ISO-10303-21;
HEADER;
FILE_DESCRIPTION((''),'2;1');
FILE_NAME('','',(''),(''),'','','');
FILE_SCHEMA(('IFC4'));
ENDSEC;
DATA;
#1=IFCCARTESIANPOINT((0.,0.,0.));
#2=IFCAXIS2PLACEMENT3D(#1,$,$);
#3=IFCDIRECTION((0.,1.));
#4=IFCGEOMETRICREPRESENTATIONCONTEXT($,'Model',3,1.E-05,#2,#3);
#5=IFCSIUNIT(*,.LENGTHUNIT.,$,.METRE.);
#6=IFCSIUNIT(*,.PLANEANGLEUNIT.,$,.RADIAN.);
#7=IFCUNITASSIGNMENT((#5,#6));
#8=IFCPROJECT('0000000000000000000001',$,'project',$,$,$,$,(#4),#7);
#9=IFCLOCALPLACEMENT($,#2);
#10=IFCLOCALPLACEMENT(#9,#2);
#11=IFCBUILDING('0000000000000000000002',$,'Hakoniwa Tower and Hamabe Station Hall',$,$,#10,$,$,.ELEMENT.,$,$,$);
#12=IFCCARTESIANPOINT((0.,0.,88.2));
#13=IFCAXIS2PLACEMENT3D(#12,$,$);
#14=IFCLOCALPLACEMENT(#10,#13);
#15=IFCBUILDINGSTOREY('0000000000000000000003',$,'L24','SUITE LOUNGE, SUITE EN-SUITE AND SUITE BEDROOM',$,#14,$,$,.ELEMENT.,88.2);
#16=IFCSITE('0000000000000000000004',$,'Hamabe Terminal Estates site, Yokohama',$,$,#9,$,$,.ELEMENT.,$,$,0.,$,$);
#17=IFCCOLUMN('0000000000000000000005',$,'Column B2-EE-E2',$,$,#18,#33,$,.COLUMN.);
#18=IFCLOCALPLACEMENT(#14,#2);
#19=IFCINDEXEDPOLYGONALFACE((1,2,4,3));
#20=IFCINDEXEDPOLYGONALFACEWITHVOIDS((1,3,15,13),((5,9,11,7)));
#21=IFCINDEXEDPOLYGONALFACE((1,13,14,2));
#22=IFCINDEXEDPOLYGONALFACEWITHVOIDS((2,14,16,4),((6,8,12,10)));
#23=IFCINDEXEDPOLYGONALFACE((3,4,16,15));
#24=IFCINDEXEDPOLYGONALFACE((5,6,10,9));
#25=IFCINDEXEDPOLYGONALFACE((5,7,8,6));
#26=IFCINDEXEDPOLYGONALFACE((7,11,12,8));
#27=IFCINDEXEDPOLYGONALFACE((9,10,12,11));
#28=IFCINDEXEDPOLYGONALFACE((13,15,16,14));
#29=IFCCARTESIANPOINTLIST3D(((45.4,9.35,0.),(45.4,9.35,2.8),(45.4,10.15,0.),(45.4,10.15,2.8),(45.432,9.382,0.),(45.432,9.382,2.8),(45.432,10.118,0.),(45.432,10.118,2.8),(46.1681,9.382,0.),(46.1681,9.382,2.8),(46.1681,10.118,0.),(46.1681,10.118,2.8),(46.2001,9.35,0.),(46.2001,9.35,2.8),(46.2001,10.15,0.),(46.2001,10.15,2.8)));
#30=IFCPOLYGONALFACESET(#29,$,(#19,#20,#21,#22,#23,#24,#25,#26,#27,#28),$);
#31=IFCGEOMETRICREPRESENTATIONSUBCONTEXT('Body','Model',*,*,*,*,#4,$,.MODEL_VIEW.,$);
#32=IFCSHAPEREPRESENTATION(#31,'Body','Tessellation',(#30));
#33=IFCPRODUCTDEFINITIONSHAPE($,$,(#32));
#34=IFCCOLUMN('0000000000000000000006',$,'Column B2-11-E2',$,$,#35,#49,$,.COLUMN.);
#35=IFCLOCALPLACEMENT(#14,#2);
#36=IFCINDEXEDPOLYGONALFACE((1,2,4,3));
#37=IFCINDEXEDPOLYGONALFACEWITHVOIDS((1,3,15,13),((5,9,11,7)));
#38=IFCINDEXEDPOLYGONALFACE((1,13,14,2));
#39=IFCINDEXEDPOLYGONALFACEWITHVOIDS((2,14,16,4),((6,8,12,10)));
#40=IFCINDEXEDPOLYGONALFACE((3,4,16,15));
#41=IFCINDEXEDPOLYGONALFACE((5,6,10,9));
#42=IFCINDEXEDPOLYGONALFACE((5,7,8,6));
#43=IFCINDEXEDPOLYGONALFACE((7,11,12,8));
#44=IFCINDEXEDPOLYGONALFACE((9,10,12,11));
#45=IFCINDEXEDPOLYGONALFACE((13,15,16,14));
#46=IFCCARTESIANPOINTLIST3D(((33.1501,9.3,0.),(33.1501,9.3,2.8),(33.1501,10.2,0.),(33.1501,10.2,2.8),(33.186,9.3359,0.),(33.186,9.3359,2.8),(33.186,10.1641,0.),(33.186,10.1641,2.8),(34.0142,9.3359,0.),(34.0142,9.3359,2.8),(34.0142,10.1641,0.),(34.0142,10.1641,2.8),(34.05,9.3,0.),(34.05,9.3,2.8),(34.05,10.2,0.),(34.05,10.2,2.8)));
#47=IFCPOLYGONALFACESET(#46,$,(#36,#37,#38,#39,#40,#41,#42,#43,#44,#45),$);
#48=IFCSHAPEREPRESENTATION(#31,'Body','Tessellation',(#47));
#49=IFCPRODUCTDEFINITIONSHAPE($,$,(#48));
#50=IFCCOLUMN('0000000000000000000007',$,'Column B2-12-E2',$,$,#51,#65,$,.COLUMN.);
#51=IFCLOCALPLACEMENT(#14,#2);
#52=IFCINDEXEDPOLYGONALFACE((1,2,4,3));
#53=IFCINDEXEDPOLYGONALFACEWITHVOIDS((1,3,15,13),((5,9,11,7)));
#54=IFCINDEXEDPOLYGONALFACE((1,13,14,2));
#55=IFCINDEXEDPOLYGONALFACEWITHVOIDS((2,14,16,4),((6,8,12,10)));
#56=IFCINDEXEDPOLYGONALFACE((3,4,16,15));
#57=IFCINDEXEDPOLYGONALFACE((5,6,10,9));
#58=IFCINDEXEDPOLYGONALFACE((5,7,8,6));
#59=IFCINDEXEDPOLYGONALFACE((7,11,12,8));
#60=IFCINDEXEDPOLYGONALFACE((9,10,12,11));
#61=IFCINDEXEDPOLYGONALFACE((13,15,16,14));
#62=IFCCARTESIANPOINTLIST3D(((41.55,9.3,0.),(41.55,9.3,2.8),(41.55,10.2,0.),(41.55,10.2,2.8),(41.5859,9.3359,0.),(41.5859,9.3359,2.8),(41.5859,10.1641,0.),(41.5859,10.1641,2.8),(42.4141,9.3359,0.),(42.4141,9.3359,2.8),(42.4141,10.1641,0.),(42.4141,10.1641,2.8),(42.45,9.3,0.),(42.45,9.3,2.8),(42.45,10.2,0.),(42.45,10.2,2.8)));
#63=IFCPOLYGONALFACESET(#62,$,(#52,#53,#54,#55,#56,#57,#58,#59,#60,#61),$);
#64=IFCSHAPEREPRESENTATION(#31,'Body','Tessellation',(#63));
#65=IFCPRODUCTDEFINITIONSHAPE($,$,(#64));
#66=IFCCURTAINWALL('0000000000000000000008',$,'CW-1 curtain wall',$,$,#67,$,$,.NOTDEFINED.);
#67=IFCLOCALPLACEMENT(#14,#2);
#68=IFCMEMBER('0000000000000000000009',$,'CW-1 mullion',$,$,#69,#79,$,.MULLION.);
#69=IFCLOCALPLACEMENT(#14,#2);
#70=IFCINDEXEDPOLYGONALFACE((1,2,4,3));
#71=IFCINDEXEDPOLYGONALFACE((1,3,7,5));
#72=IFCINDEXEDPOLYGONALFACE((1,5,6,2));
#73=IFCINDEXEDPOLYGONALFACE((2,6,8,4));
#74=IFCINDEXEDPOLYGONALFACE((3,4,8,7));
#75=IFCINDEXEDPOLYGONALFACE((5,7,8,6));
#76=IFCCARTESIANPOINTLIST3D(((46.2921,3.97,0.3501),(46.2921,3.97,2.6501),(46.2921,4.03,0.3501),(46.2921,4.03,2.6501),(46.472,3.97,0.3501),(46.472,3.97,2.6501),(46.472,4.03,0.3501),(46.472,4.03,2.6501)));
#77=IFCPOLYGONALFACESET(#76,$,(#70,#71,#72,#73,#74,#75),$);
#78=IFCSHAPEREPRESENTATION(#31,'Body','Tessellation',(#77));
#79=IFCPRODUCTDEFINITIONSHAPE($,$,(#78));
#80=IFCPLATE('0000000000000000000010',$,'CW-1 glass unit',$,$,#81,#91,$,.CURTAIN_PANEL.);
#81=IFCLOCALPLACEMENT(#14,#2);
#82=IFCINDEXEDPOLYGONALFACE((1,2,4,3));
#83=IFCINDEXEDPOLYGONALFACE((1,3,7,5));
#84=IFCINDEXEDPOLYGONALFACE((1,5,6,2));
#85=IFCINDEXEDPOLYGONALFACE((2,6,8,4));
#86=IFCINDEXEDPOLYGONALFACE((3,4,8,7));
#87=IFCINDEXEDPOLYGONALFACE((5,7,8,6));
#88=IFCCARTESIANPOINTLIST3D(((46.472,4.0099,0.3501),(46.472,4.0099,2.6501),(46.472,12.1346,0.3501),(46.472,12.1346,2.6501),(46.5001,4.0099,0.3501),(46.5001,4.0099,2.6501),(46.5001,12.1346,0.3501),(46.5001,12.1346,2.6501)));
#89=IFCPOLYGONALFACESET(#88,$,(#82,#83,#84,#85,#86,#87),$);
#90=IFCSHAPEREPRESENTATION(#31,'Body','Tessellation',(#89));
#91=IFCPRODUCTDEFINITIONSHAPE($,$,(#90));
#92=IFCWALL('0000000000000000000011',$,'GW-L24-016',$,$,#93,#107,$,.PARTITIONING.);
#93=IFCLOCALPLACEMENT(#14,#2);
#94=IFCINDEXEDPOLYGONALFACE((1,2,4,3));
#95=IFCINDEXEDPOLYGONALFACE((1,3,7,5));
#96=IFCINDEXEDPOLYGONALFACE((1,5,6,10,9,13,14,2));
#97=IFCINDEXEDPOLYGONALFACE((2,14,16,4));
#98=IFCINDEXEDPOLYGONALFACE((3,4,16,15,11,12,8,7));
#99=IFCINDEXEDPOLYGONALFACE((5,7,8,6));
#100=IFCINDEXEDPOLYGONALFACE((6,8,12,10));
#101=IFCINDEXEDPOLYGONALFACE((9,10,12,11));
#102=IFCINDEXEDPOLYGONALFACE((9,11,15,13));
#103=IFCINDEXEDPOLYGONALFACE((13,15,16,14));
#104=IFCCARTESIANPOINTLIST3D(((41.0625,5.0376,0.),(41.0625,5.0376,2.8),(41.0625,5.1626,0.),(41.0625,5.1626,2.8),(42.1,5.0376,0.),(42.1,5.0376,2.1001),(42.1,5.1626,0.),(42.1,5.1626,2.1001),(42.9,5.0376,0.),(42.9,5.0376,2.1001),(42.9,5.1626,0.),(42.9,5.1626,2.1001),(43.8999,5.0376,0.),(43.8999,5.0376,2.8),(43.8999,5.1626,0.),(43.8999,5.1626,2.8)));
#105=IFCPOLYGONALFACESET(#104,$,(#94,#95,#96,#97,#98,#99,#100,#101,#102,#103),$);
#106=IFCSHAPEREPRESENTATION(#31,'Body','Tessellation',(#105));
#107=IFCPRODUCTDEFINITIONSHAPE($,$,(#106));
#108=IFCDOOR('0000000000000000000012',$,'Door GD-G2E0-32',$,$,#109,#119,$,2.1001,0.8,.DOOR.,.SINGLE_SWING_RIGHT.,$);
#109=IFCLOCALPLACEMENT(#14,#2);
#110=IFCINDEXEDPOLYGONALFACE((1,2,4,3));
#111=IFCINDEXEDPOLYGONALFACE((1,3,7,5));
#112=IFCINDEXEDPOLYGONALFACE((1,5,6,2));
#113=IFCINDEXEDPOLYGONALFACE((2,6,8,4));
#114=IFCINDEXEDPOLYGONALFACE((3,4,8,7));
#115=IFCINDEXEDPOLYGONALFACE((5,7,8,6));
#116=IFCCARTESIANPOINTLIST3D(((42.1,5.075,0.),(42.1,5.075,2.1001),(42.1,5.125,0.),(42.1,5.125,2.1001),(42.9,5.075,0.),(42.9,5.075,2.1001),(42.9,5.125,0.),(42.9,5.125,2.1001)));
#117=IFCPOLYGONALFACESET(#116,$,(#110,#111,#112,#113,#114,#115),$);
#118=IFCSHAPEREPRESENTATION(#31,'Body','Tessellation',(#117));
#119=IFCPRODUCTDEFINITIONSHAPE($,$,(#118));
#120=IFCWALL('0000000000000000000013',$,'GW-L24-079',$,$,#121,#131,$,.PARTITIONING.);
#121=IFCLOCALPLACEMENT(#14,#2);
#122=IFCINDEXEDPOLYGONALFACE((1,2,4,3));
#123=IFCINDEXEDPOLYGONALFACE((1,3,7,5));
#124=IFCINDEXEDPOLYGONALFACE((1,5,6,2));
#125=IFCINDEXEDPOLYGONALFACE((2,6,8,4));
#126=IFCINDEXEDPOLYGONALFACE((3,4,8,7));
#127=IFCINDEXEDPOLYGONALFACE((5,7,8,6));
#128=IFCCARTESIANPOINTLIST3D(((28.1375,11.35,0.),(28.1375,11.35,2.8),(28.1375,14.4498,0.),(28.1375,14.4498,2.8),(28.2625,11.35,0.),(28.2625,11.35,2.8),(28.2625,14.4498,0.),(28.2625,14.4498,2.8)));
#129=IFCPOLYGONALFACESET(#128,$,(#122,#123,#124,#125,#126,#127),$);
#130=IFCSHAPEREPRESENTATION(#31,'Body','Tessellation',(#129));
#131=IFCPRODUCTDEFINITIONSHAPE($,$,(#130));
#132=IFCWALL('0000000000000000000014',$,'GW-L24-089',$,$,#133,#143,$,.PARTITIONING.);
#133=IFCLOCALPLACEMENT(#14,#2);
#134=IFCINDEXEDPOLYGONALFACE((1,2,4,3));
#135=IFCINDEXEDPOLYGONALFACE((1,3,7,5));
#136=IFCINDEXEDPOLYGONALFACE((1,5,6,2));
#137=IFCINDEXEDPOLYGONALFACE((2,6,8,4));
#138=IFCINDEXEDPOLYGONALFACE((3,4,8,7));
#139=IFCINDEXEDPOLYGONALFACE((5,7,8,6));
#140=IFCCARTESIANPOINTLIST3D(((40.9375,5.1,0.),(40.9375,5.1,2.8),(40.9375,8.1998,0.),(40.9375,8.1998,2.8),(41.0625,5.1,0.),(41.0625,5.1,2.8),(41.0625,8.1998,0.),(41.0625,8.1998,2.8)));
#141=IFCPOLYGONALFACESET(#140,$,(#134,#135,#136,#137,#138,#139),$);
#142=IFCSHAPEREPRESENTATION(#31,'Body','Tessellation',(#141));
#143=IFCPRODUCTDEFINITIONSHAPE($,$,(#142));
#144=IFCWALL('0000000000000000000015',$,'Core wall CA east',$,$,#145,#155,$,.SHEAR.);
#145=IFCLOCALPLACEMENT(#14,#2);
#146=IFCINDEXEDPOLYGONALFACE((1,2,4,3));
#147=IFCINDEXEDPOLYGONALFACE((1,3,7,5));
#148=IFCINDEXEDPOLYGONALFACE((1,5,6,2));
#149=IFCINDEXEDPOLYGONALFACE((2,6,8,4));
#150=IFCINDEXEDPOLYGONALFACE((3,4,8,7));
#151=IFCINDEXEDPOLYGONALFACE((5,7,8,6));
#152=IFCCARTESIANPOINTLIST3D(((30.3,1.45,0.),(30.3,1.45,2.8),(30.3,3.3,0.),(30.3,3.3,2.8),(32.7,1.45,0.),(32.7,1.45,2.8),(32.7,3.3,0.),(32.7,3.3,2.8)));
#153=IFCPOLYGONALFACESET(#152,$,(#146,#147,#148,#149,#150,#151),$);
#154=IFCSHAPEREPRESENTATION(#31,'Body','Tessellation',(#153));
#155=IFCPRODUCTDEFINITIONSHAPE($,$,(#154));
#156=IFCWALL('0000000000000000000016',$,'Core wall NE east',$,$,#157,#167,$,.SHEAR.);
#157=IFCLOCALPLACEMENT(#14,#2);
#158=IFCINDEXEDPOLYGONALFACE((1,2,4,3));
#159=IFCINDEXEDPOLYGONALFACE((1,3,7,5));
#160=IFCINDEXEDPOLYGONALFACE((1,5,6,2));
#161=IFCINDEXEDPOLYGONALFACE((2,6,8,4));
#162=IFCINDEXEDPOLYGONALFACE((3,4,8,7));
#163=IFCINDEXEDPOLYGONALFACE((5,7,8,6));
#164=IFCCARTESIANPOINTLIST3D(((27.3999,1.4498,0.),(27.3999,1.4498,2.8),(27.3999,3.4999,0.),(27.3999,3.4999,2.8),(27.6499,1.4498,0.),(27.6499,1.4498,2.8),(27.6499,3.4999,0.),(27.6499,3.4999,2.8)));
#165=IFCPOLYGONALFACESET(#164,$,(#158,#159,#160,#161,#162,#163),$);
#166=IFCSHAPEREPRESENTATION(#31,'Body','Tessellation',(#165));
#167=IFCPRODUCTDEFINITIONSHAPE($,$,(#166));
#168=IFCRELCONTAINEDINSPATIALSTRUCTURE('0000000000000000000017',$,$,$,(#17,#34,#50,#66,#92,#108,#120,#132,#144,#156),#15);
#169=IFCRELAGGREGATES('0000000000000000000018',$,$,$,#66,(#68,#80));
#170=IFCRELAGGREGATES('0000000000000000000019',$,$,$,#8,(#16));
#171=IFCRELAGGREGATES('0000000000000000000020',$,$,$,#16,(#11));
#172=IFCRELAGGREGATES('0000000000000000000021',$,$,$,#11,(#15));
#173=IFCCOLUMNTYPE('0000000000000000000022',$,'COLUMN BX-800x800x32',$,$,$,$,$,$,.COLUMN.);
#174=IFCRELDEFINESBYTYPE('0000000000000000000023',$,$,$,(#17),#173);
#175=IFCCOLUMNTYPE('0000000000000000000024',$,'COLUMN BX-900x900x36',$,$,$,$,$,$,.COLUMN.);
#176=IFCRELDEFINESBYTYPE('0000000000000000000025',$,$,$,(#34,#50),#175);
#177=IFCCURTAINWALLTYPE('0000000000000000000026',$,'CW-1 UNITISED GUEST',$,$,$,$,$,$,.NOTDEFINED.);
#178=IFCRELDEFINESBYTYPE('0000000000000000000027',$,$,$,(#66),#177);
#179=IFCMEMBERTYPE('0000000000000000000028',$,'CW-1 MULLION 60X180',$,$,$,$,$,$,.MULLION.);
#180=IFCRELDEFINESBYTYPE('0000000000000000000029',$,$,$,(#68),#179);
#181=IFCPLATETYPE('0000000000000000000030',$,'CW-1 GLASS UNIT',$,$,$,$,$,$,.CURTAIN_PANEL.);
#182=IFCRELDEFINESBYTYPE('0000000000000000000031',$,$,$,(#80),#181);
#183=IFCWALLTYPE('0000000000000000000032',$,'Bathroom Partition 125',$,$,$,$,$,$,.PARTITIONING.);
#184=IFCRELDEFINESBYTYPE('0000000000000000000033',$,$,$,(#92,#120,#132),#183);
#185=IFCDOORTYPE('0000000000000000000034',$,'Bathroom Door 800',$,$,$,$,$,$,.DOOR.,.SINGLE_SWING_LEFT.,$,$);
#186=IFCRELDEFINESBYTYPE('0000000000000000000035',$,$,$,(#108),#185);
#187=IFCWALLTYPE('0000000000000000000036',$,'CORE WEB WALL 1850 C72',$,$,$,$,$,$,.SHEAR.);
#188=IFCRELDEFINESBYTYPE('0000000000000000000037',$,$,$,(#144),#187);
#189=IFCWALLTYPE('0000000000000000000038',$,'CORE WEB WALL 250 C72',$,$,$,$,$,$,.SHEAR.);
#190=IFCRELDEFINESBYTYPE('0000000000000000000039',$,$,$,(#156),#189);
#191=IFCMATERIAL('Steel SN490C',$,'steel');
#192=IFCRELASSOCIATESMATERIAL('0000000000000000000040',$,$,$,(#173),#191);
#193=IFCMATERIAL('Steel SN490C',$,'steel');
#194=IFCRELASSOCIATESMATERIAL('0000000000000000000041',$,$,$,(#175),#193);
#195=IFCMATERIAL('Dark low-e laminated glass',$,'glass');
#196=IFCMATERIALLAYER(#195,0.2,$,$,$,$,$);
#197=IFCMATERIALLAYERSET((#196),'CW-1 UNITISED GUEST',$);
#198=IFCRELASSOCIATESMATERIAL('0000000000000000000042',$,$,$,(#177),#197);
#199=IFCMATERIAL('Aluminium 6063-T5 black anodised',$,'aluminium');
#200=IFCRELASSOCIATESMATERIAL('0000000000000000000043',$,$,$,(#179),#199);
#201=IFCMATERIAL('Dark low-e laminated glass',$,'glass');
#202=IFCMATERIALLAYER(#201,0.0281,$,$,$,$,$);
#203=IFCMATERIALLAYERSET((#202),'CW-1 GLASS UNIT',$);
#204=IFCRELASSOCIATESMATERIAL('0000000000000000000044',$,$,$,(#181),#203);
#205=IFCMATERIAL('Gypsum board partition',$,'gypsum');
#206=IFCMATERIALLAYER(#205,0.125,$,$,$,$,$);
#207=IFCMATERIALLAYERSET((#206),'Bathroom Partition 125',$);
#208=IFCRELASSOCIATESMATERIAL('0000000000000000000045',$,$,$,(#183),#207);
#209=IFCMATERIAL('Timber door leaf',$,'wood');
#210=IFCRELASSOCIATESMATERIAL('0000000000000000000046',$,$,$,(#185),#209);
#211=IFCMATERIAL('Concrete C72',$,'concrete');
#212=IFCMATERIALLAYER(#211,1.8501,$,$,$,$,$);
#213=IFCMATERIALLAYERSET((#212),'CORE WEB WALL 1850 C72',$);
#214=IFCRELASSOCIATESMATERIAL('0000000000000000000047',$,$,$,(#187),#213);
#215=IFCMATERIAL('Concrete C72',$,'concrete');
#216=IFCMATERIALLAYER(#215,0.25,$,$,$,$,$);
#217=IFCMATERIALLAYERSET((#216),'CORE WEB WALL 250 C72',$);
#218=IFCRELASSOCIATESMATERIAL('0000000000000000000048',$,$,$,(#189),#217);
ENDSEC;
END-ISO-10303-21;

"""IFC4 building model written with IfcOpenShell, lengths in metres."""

from ifc_helpers import new_model, si_unit, direction, frame, frame_2d, origin, origin_2d, place, context, subcontext, project, spatial, rectangle, hollow_rectangle, extrude, material, layer, layer_set, material_profile, profile_set, type_object, element, fill, aggregate, save


model = new_model("IFC4")

# Units and contexts
model_context = context("Model", 3, precision=1e-05, world=origin(), true_north=direction((0.0, 1.0)))
body_context = subcontext(model_context, "Body", "Model", "MODEL_VIEW")
ifc_project = project(units=[si_unit("LENGTHUNIT", "METRE"), si_unit("PLANEANGLEUNIT", "RADIAN")], contexts=[model_context])

# Site, building, storey
site_placement = place(None, origin())
site = spatial("IfcSite", under=ifc_project, at=site_placement, Name="Hamabe Terminal Estates site, Yokohama", CompositionType="ELEMENT", RefElevation=0.0)
building_placement = place(site_placement, origin())
building = spatial("IfcBuilding", under=site, at=building_placement, Name="Hakoniwa Tower and Hamabe Station Hall", CompositionType="ELEMENT")
storey_placement = place(building_placement, frame((0.0, 0.0, 88.2)))
storey = spatial("IfcBuildingStorey", under=building, at=storey_placement, Name="L24", Description="SUITE LOUNGE, SUITE EN-SUITE AND SUITE BEDROOM", CompositionType="ELEMENT", Elevation=88.2)

# Columns
ifc_material_1 = material(Name="Steel SN490C", Category="steel")
ifc_material_profile_1 = material_profile(ifc_material_1, hollow_rectangle(XDim=0.8, YDim=0.8, WallThickness=0.032, at=origin_2d()), Name="BX-800x800x32")
ifc_profile_set_1 = profile_set([ifc_material_profile_1], Name="Steel SN490C")
column_type_1 = type_object("IfcColumnType", Name="COLUMN BX-800x800x32", PredefinedType="COLUMN", material=ifc_profile_set_1)
column_placement = place(storey_placement, frame((45.8, 9.75, 0.0), z_axis=(0.0, 0.0, 1.0), x_axis=(1.0, 0.0, 0.0)))
element("IfcColumn", 1, at=column_placement, inside=storey, type_object=column_type_1, Name="Column B2-EE-E2", PredefinedType="COLUMN", context=body_context, shape_type="SweptSolid", body=[
    extrude(hollow_rectangle(XDim=0.8, YDim=0.8, WallThickness=0.032, at=origin_2d()), origin(), (0.0, 0.0, 1.0), 2.8),
])
ifc_material_2 = material(Name="Steel SN490C", Category="steel")
ifc_material_profile_2 = material_profile(ifc_material_2, hollow_rectangle(XDim=0.8999, YDim=0.8999, WallThickness=0.0359, at=origin_2d()), Name="BX-900x900x36")
ifc_profile_set_2 = profile_set([ifc_material_profile_2], Name="Steel SN490C")
column_type_2 = type_object("IfcColumnType", Name="COLUMN BX-900x900x36", PredefinedType="COLUMN", material=ifc_profile_set_2)
for number, where, z_axis, x_axis, name in (
    (2, (33.6001, 9.75, 0.0), (0.0, 0.0, 1.0), (1.0, 0.0, 0.0), "Column B2-11-E2"),
    (3, (42.0, 9.75, 0.0), (0.0, 0.0, 1.0), (1.0, 0.0, 0.0), "Column B2-12-E2"),
):
    element("IfcColumn", number, at=place(storey_placement, frame(where, z_axis=z_axis, x_axis=x_axis)), inside=storey, type_object=column_type_2, Name=name, PredefinedType="COLUMN", context=body_context, shape_type="SweptSolid", body=[
        extrude(hollow_rectangle(XDim=0.8999, YDim=0.8999, WallThickness=0.0359, at=origin_2d()), origin(), (0.0, 0.0, 1.0), 2.8),
    ])

# Curtain wall, member, plate
ifc_material_3 = material(Name="Dark low-e laminated glass", Category="glass")
ifc_layer_1 = layer(ifc_material_3, 0.2)
ifc_layer_set_1 = layer_set([ifc_layer_1], Name="CW-1 UNITISED GUEST")
curtain_wall_type = type_object("IfcCurtainWallType", Name="CW-1 UNITISED GUEST", PredefinedType="NOTDEFINED", material=ifc_layer_set_1)
curtain_wall_placement = place(storey_placement, origin())
curtain_wall = element("IfcCurtainWall", 4, at=curtain_wall_placement, inside=storey, type_object=curtain_wall_type, Name="CW-1 curtain wall", PredefinedType="NOTDEFINED")
ifc_material_4 = material(Name="Aluminium 6063-T5 black anodised", Category="aluminium")
ifc_material_profile_3 = material_profile(ifc_material_4, rectangle(XDim=0.0601, YDim=0.1799, at=origin_2d()), Name="CW-1 MULLION 60X180")
ifc_profile_set_3 = profile_set([ifc_material_profile_3], Name="Aluminium 6063-T5 black anodised")
member_type = type_object("IfcMemberType", Name="CW-1 MULLION 60X180", PredefinedType="MULLION", material=ifc_profile_set_3)
member_placement = place(storey_placement, frame((46.3821, 4.0, 0.3501), z_axis=(0.0, 0.0, 1.0), x_axis=(0.0, 1.0, 0.0)))
member = element("IfcMember", 5, at=member_placement, type_object=member_type, Name="CW-1 mullion", PredefinedType="MULLION", context=body_context, shape_type="SweptSolid", body=[
    extrude(rectangle(XDim=0.0601, YDim=0.1799, at=origin_2d()), origin(), (0.0, 0.0, 1.0), 2.3),
])
ifc_material_5 = material(Name="Dark low-e laminated glass", Category="glass")
ifc_layer_2 = layer(ifc_material_5, 0.0281)
ifc_layer_set_2 = layer_set([ifc_layer_2], Name="CW-1 GLASS UNIT")
plate_type = type_object("IfcPlateType", Name="CW-1 GLASS UNIT", PredefinedType="CURTAIN_PANEL", material=ifc_layer_set_2)
plate_placement = place(storey_placement, frame((46.4861, 8.0723, 0.3501), z_axis=(0.0, 0.0, 1.0), x_axis=(0.0, 1.0, 0.0)))
plate = element("IfcPlate", 6, at=plate_placement, type_object=plate_type, Name="CW-1 glass unit", PredefinedType="CURTAIN_PANEL", context=body_context, shape_type="SweptSolid", body=[
    extrude(rectangle(XDim=8.1248, YDim=0.0281, at=origin_2d()), origin(), (0.0, 0.0, 1.0), 2.3),
])
aggregate(curtain_wall, [member, plate])

# Wall, opening, door
ifc_material_6 = material(Name="Gypsum board partition", Category="gypsum")
ifc_layer_3 = layer(ifc_material_6, 0.125)
ifc_layer_set_3 = layer_set([ifc_layer_3], Name="Bathroom Partition 125")
wall_type_1 = type_object("IfcWallType", Name="Bathroom Partition 125", PredefinedType="PARTITIONING", material=ifc_layer_set_3)
wall_1_placement = place(storey_placement, frame((41.0625, 5.1001, 0.0), z_axis=(0.0, 0.0, 1.0), x_axis=(1.0, 0.0, 0.0)))
wall_1 = element("IfcWall", 7, at=wall_1_placement, inside=storey, type_object=wall_type_1, Name="GW-L24-016", PredefinedType="PARTITIONING", context=body_context, shape_type="SweptSolid", body=[
    extrude(rectangle(XDim=2.8374, YDim=0.125, at=frame_2d((1.4187, 0.0))), origin(), (0.0, 0.0, 1.0), 2.8),
])
opening_1_placement = place(wall_1_placement, frame((1.0376, 0.0, 0.0)))
opening_1 = element("IfcOpeningElement", 8, at=opening_1_placement, cuts=wall_1, PredefinedType="OPENING", context=body_context, shape_type="SweptSolid", body=[
    extrude(rectangle(XDim=0.8, YDim=2.1001, at=frame_2d((0.3999, 1.05))), frame((0.0, 0.0725, 0.0), z_axis=(0.0, -1.0, 0.0), x_axis=(1.0, 0.0, 0.0)), (0.0, 0.0, 1.0), 0.145),
])
ifc_material_7 = material(Name="Timber door leaf", Category="wood")
door_type_1 = type_object("IfcDoorType", Name="Bathroom Door 800", OperationType="SINGLE_SWING_LEFT", PredefinedType="DOOR", material=ifc_material_7)
door_1_placement = place(opening_1_placement, origin())
door_1 = element("IfcDoor", 9, at=door_1_placement, inside=storey, type_object=door_type_1, Name="Door GD-G2E0-32", OperationType="SINGLE_SWING_RIGHT", OverallHeight=2.1001, OverallWidth=0.8, PredefinedType="DOOR", context=body_context, shape_type="SweptSolid", body=[
    extrude(rectangle(XDim=0.8, YDim=2.1001, at=frame_2d((0.3999, 1.05))), frame((0.0, 0.0249, 0.0), z_axis=(0.0, -1.0, 0.0), x_axis=(1.0, 0.0, 0.0)), (0.0, 0.0, 1.0), 0.05),
])
fill(opening_1, door_1)

# Walls
for number, where, z_axis, x_axis, name in (
    (10, (28.2, 11.3501, 0.0), (0.0, 0.0, 1.0), (0.0, 1.0, 0.0), "GW-L24-079"),
    (11, (41.0, 5.1001, 0.0), (0.0, 0.0, 1.0), (0.0, 1.0, 0.0), "GW-L24-089"),
):
    element("IfcWall", number, at=place(storey_placement, frame(where, z_axis=z_axis, x_axis=x_axis)), inside=storey, type_object=wall_type_1, Name=name, PredefinedType="PARTITIONING", context=body_context, shape_type="SweptSolid", body=[
        extrude(rectangle(XDim=3.0999, YDim=0.125, at=frame_2d((1.5498, 0.0))), origin(), (0.0, 0.0, 1.0), 2.8),
    ])
ifc_material_8 = material(Name="Concrete C72", Category="concrete")
ifc_layer_4 = layer(ifc_material_8, 1.8501)
ifc_layer_set_4 = layer_set([ifc_layer_4], Name="CORE WEB WALL 1850 C72")
wall_type_2 = type_object("IfcWallType", Name="CORE WEB WALL 1850 C72", PredefinedType="SHEAR", material=ifc_layer_set_4)
wall_2_placement = place(storey_placement, frame((30.3, 2.375, 0.0), z_axis=(0.0, 0.0, 1.0), x_axis=(1.0, 0.0, 0.0)))
element("IfcWall", 12, at=wall_2_placement, inside=storey, type_object=wall_type_2, Name="Core wall CA east", PredefinedType="SHEAR", context=body_context, shape_type="SweptSolid", body=[
    extrude(rectangle(XDim=2.3999, YDim=1.8501, at=frame_2d((1.2, 0.0))), origin(), (0.0, 0.0, 1.0), 2.8),
])
ifc_material_9 = material(Name="Concrete C72", Category="concrete")
ifc_layer_5 = layer(ifc_material_9, 0.25)
ifc_layer_set_5 = layer_set([ifc_layer_5], Name="CORE WEB WALL 250 C72")
wall_type_3 = type_object("IfcWallType", Name="CORE WEB WALL 250 C72", PredefinedType="SHEAR", material=ifc_layer_set_5)
wall_3_placement = place(storey_placement, frame((27.5249, 1.45, 0.0), z_axis=(0.0, 0.0, 1.0), x_axis=(0.0, 1.0, 0.0)))
element("IfcWall", 13, at=wall_3_placement, inside=storey, type_object=wall_type_3, Name="Core wall NE east", PredefinedType="SHEAR", context=body_context, shape_type="SweptSolid", body=[
    extrude(rectangle(XDim=2.05, YDim=0.25, at=frame_2d((1.0249, 0.0))), origin(), (0.0, 0.0, 1.0), 2.8),
])

save(model, "model.ifc")
